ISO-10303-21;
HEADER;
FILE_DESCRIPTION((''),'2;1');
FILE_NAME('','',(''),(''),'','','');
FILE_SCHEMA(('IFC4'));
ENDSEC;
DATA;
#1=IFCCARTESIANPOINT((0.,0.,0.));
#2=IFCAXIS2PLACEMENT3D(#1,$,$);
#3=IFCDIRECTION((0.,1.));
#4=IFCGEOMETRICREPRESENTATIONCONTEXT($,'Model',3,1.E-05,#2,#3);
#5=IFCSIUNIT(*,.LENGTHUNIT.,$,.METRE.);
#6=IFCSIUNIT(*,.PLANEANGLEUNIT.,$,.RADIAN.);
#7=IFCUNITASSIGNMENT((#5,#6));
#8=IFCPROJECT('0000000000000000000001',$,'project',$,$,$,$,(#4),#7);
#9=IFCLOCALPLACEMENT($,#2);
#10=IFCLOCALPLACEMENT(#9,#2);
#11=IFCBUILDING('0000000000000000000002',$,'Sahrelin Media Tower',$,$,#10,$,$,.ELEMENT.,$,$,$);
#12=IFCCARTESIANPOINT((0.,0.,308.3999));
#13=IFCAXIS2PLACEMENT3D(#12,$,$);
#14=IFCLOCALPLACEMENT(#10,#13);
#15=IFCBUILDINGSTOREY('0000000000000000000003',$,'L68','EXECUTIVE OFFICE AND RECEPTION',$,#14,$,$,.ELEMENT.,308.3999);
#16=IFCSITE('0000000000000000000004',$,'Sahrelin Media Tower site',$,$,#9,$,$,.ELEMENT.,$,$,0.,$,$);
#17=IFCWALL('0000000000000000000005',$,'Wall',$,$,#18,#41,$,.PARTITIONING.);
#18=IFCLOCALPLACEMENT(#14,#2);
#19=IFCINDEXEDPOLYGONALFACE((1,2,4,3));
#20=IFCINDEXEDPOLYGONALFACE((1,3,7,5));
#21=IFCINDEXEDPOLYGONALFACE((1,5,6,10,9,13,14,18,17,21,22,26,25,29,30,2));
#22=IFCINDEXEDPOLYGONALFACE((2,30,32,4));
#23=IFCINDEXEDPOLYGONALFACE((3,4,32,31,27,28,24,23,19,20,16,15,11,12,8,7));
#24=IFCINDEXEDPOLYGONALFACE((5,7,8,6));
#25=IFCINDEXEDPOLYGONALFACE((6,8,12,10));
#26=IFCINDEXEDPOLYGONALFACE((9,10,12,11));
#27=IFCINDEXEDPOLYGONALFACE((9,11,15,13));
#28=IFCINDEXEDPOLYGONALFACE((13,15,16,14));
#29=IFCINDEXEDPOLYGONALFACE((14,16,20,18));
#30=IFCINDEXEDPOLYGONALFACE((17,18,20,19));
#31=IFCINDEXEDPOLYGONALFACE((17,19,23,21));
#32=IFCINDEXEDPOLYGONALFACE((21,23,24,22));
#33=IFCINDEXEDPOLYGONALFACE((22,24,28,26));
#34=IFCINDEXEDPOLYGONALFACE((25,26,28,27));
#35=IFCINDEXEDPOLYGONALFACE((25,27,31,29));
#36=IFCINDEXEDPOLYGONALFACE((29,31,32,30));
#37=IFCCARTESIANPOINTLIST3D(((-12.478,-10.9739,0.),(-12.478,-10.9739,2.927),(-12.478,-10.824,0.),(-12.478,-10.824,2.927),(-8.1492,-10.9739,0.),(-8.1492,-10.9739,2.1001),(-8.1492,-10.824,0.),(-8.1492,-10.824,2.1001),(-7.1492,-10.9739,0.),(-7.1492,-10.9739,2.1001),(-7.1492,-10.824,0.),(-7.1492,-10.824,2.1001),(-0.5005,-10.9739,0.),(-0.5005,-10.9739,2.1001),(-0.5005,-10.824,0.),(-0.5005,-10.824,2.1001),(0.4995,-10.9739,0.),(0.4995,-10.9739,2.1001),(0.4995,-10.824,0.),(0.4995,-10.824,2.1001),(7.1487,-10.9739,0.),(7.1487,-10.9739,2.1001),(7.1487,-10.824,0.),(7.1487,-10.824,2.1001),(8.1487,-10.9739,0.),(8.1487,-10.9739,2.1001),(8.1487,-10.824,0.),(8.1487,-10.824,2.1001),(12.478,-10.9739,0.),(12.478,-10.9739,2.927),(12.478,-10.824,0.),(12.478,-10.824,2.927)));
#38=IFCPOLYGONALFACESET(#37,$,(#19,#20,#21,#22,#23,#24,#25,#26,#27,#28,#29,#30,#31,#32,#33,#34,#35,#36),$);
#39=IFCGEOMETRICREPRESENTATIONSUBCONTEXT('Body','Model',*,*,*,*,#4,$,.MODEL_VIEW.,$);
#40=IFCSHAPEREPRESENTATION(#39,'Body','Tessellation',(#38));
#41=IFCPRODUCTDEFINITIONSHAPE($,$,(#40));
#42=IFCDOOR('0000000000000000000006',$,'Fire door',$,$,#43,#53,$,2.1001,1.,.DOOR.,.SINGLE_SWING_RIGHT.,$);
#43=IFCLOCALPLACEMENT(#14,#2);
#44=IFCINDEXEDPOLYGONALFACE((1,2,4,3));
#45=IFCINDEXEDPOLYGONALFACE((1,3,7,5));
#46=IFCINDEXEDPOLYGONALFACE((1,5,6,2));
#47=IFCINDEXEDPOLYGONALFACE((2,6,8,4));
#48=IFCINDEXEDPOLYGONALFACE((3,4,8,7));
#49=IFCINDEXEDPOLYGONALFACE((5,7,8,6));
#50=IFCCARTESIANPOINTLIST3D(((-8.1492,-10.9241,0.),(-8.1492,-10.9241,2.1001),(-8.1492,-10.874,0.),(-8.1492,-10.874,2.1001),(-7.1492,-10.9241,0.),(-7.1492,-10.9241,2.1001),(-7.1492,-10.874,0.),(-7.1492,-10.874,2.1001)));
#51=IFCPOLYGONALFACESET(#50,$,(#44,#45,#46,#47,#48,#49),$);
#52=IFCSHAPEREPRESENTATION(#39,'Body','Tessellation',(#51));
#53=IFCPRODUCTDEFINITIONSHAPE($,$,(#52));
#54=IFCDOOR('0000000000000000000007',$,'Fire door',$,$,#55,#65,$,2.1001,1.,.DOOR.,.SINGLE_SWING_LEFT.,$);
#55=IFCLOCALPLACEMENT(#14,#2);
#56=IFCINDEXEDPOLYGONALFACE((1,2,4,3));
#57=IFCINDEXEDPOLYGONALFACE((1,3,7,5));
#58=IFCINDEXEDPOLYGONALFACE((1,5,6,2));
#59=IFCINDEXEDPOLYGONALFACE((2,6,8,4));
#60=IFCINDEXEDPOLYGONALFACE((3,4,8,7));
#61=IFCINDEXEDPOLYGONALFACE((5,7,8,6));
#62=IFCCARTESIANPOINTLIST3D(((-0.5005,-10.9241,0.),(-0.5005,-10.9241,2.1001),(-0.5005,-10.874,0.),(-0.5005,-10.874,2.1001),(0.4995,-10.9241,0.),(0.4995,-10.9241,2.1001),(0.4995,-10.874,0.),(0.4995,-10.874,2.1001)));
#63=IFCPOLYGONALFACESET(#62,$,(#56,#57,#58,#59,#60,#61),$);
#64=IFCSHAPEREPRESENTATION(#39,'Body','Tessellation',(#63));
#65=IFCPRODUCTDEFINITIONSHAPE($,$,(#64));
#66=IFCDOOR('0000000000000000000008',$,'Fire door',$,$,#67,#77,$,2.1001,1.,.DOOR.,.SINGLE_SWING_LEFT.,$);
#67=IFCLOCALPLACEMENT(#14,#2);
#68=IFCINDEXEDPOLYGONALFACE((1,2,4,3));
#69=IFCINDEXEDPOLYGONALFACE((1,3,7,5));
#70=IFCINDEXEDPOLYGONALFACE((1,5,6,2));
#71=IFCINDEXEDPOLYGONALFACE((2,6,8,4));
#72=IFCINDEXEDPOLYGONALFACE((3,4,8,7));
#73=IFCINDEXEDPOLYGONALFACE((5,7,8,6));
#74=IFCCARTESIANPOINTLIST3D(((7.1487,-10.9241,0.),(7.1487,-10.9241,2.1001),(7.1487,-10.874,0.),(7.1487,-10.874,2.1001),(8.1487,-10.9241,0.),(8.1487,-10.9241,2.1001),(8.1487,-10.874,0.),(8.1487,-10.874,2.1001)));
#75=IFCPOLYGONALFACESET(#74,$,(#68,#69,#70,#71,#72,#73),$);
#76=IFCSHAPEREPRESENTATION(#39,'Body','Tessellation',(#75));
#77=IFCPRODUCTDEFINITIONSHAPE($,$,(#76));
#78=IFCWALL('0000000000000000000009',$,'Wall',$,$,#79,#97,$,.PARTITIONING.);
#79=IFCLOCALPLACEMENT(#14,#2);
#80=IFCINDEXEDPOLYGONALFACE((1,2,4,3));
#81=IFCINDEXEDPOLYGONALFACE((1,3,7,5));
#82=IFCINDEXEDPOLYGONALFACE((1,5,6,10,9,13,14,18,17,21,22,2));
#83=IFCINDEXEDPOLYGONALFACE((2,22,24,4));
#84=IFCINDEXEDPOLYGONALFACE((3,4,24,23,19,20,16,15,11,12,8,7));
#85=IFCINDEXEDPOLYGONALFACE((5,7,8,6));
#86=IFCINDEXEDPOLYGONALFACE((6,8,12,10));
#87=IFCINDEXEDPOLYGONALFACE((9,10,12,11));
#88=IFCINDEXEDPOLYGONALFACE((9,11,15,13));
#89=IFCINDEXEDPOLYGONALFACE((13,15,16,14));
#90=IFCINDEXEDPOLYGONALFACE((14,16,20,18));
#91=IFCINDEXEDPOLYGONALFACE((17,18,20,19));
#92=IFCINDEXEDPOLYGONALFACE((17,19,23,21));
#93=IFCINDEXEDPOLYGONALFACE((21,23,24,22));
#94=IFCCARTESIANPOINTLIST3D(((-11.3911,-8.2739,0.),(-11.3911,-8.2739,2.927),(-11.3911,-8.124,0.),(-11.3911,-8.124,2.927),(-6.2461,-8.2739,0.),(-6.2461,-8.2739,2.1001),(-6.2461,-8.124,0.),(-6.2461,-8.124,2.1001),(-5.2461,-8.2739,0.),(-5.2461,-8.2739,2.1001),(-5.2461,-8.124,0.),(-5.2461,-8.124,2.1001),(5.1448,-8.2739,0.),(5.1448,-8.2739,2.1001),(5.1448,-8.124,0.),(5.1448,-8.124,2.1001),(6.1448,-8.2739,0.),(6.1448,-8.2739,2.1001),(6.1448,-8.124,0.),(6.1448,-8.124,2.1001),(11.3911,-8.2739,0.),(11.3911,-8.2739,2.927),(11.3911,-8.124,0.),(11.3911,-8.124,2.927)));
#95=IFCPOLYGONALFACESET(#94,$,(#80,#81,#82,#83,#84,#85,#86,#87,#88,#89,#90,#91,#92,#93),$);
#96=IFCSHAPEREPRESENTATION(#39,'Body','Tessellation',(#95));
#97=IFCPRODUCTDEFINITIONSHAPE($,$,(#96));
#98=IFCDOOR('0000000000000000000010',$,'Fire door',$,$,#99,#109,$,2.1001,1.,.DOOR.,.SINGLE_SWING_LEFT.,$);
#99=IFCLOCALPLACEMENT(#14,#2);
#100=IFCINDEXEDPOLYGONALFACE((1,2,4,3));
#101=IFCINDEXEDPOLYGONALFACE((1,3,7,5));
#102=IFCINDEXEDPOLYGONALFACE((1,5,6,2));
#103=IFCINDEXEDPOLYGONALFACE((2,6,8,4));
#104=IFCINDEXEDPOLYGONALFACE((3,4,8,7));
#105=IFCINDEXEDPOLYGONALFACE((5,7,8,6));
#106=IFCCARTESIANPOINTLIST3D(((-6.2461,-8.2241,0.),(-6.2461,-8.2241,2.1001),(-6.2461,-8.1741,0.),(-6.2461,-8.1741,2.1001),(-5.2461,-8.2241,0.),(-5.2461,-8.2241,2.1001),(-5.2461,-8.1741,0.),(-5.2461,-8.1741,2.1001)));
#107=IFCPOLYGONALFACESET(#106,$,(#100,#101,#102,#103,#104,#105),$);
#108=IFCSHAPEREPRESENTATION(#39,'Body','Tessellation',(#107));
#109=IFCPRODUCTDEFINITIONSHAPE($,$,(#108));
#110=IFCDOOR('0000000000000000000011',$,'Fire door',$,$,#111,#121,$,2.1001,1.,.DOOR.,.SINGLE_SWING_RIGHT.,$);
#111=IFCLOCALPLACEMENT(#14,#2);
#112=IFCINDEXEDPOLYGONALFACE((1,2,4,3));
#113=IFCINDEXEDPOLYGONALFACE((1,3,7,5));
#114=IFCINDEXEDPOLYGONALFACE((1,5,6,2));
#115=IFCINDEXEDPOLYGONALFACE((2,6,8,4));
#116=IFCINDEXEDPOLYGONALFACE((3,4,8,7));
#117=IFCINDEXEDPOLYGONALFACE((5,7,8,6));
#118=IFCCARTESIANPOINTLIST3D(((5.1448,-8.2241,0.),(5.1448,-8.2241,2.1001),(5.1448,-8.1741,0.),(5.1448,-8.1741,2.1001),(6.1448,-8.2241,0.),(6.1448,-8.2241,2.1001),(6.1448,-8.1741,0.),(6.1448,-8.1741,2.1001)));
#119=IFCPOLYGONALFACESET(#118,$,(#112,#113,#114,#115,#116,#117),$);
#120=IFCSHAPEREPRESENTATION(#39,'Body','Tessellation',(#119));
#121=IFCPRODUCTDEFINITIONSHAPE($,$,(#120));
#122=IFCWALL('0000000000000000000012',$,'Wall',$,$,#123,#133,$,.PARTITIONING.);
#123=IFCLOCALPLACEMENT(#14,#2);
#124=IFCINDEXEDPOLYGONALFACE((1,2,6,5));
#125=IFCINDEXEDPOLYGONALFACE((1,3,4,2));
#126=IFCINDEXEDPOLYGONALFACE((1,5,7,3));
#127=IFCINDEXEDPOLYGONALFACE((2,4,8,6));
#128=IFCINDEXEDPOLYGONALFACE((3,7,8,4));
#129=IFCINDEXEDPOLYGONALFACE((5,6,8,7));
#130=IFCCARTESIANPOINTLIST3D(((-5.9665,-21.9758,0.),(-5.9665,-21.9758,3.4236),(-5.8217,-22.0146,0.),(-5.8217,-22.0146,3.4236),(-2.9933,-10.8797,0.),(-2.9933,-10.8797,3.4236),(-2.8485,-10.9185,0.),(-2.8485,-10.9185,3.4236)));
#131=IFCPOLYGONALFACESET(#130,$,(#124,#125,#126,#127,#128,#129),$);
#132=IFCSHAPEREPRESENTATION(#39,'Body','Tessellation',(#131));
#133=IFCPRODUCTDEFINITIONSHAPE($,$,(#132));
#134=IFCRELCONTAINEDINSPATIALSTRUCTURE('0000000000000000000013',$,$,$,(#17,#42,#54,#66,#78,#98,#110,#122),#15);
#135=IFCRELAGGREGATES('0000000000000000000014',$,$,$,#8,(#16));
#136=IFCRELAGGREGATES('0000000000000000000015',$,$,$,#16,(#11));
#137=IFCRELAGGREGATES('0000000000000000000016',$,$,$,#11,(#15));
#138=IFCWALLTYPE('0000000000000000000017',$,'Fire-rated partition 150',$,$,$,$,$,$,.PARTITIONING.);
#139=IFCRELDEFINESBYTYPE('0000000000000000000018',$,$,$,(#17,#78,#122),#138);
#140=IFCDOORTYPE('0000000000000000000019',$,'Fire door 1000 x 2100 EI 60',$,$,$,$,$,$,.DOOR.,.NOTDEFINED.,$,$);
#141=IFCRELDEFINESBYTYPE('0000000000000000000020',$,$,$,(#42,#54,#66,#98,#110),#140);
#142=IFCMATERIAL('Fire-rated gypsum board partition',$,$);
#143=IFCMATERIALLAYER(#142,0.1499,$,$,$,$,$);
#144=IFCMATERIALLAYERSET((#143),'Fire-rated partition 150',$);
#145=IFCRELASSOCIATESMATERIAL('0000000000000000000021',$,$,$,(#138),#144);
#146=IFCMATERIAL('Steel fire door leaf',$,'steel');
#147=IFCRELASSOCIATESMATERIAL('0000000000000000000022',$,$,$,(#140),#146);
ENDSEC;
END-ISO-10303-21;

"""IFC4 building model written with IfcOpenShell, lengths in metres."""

from ifc_helpers import new_model, si_unit, direction, frame, frame_2d, origin, place, context, subcontext, project, spatial, rectangle, extrude, material, layer, layer_set, type_object, element, fill, save


model = new_model("IFC4")

# Units and contexts
model_context = context("Model", 3, precision=1e-05, world=origin(), true_north=direction((0.0, 1.0)))
body_context = subcontext(model_context, "Body", "Model", "MODEL_VIEW")
ifc_project = project(units=[si_unit("LENGTHUNIT", "METRE"), si_unit("PLANEANGLEUNIT", "RADIAN")], contexts=[model_context])

# Site, building, storey
site_placement = place(None, origin())
site = spatial("IfcSite", under=ifc_project, at=site_placement, Name="Sahrelin Media Tower site", CompositionType="ELEMENT", RefElevation=0.0)
building_placement = place(site_placement, origin())
building = spatial("IfcBuilding", under=site, at=building_placement, Name="Sahrelin Media Tower", CompositionType="ELEMENT")
storey_placement = place(building_placement, frame((0.0, 0.0, 308.3999)))
storey = spatial("IfcBuildingStorey", under=building, at=storey_placement, Name="L68", Description="EXECUTIVE OFFICE AND RECEPTION", CompositionType="ELEMENT", Elevation=308.3999)

# Walls, openings, doors
ifc_material_1 = material(Name="Fire-rated gypsum board partition")
ifc_layer_1 = layer(ifc_material_1, 0.1499)
ifc_layer_set_1 = layer_set([ifc_layer_1], Name="Fire-rated partition 150")
wall_type_1 = type_object("IfcWallType", Name="Fire-rated partition 150", PredefinedType="PARTITIONING", material=ifc_layer_set_1)
wall_1_placement = place(storey_placement, frame((-12.478, -10.8989, 0.0), z_axis=(0.0, 0.0, 1.0), x_axis=(1.0, 0.0, 0.0)))
wall_1 = element("IfcWall", 1, at=wall_1_placement, inside=storey, type_object=wall_type_1, Name="Wall", PredefinedType="PARTITIONING", context=body_context, shape_type="SweptSolid", body=[
    extrude(rectangle(XDim=24.9561, YDim=0.1499, at=frame_2d((12.478, 0.0))), origin(), (0.0, 0.0, 1.0), 2.927),
])
opening_1_placement = place(wall_1_placement, frame((4.3289, 0.0, 0.0)))
opening_1 = element("IfcOpeningElement", 2, at=opening_1_placement, cuts=wall_1, PredefinedType="OPENING", context=body_context, shape_type="SweptSolid", body=[
    extrude(rectangle(XDim=1.0, YDim=2.1001, at=frame_2d((0.5, 1.05))), frame((0.0, 0.075, 0.0), z_axis=(0.0, -1.0, 0.0), x_axis=(1.0, 0.0, 0.0)), (0.0, 0.0, 1.0), 0.1499),
])
opening_2_placement = place(wall_1_placement, frame((11.9775, 0.0, 0.0)))
opening_2 = element("IfcOpeningElement", 3, at=opening_2_placement, cuts=wall_1, PredefinedType="OPENING", context=body_context, shape_type="SweptSolid", body=[
    extrude(rectangle(XDim=1.0, YDim=2.1001, at=frame_2d((0.5, 1.05))), frame((0.0, 0.075, 0.0), z_axis=(0.0, -1.0, 0.0), x_axis=(1.0, 0.0, 0.0)), (0.0, 0.0, 1.0), 0.1499),
])
opening_3_placement = place(wall_1_placement, frame((19.6267, 0.0, 0.0)))
opening_3 = element("IfcOpeningElement", 4, at=opening_3_placement, cuts=wall_1, PredefinedType="OPENING", context=body_context, shape_type="SweptSolid", body=[
    extrude(rectangle(XDim=1.0, YDim=2.1001, at=frame_2d((0.5, 1.05))), frame((0.0, 0.075, 0.0), z_axis=(0.0, -1.0, 0.0), x_axis=(1.0, 0.0, 0.0)), (0.0, 0.0, 1.0), 0.1499),
])
ifc_material_2 = material(Name="Steel fire door leaf", Category="steel")
door_type_1 = type_object("IfcDoorType", Name="Fire door 1000 x 2100 EI 60", OperationType="NOTDEFINED", PredefinedType="DOOR", material=ifc_material_2)
door_1_placement = place(opening_1_placement, origin())
door_1 = element("IfcDoor", 5, at=door_1_placement, inside=storey, type_object=door_type_1, Name="Fire door", OperationType="SINGLE_SWING_RIGHT", OverallHeight=2.1001, OverallWidth=1.0, PredefinedType="DOOR", context=body_context, shape_type="SweptSolid", body=[
    extrude(rectangle(XDim=1.0, YDim=2.1001, at=frame_2d((0.5, 1.05))), frame((0.0, 0.0249, 0.0), z_axis=(0.0, -1.0, 0.0), x_axis=(1.0, 0.0, 0.0)), (0.0, 0.0, 1.0), 0.05),
])
fill(opening_1, door_1)
door_2_placement = place(opening_2_placement, origin())
door_2 = element("IfcDoor", 6, at=door_2_placement, inside=storey, type_object=door_type_1, Name="Fire door", OperationType="SINGLE_SWING_LEFT", OverallHeight=2.1001, OverallWidth=1.0, PredefinedType="DOOR", context=body_context, shape_type="SweptSolid", body=[
    extrude(rectangle(XDim=1.0, YDim=2.1001, at=frame_2d((0.5, 1.05))), frame((0.0, 0.0249, 0.0), z_axis=(0.0, -1.0, 0.0), x_axis=(1.0, 0.0, 0.0)), (0.0, 0.0, 1.0), 0.05),
])
fill(opening_2, door_2)
door_3_placement = place(opening_3_placement, origin())
door_3 = element("IfcDoor", 7, at=door_3_placement, inside=storey, type_object=door_type_1, Name="Fire door", OperationType="SINGLE_SWING_LEFT", OverallHeight=2.1001, OverallWidth=1.0, PredefinedType="DOOR", context=body_context, shape_type="SweptSolid", body=[
    extrude(rectangle(XDim=1.0, YDim=2.1001, at=frame_2d((0.5, 1.05))), frame((0.0, 0.0249, 0.0), z_axis=(0.0, -1.0, 0.0), x_axis=(1.0, 0.0, 0.0)), (0.0, 0.0, 1.0), 0.05),
])
fill(opening_3, door_3)
wall_2_placement = place(storey_placement, frame((-11.3911, -8.199, 0.0), z_axis=(0.0, 0.0, 1.0), x_axis=(1.0, 0.0, 0.0)))
wall_2 = element("IfcWall", 8, at=wall_2_placement, inside=storey, type_object=wall_type_1, Name="Wall", PredefinedType="PARTITIONING", context=body_context, shape_type="SweptSolid", body=[
    extrude(rectangle(XDim=22.7822, YDim=0.1499, at=frame_2d((11.3911, 0.0))), origin(), (0.0, 0.0, 1.0), 2.927),
])
opening_4_placement = place(wall_2_placement, frame((5.145, 0.0, 0.0)))
opening_4 = element("IfcOpeningElement", 9, at=opening_4_placement, cuts=wall_2, PredefinedType="OPENING", context=body_context, shape_type="SweptSolid", body=[
    extrude(rectangle(XDim=1.0, YDim=2.1001, at=frame_2d((0.5, 1.05))), frame((0.0, 0.075, 0.0), z_axis=(0.0, -1.0, 0.0), x_axis=(1.0, 0.0, 0.0)), (0.0, 0.0, 1.0), 0.1499),
])
opening_5_placement = place(wall_2_placement, frame((16.5359, 0.0, 0.0)))
opening_5 = element("IfcOpeningElement", 10, at=opening_5_placement, cuts=wall_2, PredefinedType="OPENING", context=body_context, shape_type="SweptSolid", body=[
    extrude(rectangle(XDim=1.0, YDim=2.1001, at=frame_2d((0.5, 1.05))), frame((0.0, 0.075, 0.0), z_axis=(0.0, -1.0, 0.0), x_axis=(1.0, 0.0, 0.0)), (0.0, 0.0, 1.0), 0.1499),
])
door_4_placement = place(opening_4_placement, origin())
door_4 = element("IfcDoor", 11, at=door_4_placement, inside=storey, type_object=door_type_1, Name="Fire door", OperationType="SINGLE_SWING_LEFT", OverallHeight=2.1001, OverallWidth=1.0, PredefinedType="DOOR", context=body_context, shape_type="SweptSolid", body=[
    extrude(rectangle(XDim=1.0, YDim=2.1001, at=frame_2d((0.5, 1.05))), frame((0.0, 0.0249, 0.0), z_axis=(0.0, -1.0, 0.0), x_axis=(1.0, 0.0, 0.0)), (0.0, 0.0, 1.0), 0.05),
])
fill(opening_4, door_4)
door_5_placement = place(opening_5_placement, origin())
door_5 = element("IfcDoor", 12, at=door_5_placement, inside=storey, type_object=door_type_1, Name="Fire door", OperationType="SINGLE_SWING_RIGHT", OverallHeight=2.1001, OverallWidth=1.0, PredefinedType="DOOR", context=body_context, shape_type="SweptSolid", body=[
    extrude(rectangle(XDim=1.0, YDim=2.1001, at=frame_2d((0.5, 1.05))), frame((0.0, 0.0249, 0.0), z_axis=(0.0, -1.0, 0.0), x_axis=(1.0, 0.0, 0.0)), (0.0, 0.0, 1.0), 0.05),
])
fill(opening_5, door_5)

# Wall
wall_3_placement = place(storey_placement, frame((-5.894, -21.9951, 0.0), z_axis=(0.0, 0.0, 1.0), x_axis=(0.258813, 0.965927, 0.0)))
element("IfcWall", 13, at=wall_3_placement, inside=storey, type_object=wall_type_1, Name="Wall", PredefinedType="PARTITIONING", context=body_context, shape_type="SweptSolid", body=[
    extrude(rectangle(XDim=11.4875, YDim=0.1499, at=frame_2d((5.7437, 0.0))), origin(), (0.0, 0.0, 1.0), 3.4236),
])

save(model, "model.ifc")
